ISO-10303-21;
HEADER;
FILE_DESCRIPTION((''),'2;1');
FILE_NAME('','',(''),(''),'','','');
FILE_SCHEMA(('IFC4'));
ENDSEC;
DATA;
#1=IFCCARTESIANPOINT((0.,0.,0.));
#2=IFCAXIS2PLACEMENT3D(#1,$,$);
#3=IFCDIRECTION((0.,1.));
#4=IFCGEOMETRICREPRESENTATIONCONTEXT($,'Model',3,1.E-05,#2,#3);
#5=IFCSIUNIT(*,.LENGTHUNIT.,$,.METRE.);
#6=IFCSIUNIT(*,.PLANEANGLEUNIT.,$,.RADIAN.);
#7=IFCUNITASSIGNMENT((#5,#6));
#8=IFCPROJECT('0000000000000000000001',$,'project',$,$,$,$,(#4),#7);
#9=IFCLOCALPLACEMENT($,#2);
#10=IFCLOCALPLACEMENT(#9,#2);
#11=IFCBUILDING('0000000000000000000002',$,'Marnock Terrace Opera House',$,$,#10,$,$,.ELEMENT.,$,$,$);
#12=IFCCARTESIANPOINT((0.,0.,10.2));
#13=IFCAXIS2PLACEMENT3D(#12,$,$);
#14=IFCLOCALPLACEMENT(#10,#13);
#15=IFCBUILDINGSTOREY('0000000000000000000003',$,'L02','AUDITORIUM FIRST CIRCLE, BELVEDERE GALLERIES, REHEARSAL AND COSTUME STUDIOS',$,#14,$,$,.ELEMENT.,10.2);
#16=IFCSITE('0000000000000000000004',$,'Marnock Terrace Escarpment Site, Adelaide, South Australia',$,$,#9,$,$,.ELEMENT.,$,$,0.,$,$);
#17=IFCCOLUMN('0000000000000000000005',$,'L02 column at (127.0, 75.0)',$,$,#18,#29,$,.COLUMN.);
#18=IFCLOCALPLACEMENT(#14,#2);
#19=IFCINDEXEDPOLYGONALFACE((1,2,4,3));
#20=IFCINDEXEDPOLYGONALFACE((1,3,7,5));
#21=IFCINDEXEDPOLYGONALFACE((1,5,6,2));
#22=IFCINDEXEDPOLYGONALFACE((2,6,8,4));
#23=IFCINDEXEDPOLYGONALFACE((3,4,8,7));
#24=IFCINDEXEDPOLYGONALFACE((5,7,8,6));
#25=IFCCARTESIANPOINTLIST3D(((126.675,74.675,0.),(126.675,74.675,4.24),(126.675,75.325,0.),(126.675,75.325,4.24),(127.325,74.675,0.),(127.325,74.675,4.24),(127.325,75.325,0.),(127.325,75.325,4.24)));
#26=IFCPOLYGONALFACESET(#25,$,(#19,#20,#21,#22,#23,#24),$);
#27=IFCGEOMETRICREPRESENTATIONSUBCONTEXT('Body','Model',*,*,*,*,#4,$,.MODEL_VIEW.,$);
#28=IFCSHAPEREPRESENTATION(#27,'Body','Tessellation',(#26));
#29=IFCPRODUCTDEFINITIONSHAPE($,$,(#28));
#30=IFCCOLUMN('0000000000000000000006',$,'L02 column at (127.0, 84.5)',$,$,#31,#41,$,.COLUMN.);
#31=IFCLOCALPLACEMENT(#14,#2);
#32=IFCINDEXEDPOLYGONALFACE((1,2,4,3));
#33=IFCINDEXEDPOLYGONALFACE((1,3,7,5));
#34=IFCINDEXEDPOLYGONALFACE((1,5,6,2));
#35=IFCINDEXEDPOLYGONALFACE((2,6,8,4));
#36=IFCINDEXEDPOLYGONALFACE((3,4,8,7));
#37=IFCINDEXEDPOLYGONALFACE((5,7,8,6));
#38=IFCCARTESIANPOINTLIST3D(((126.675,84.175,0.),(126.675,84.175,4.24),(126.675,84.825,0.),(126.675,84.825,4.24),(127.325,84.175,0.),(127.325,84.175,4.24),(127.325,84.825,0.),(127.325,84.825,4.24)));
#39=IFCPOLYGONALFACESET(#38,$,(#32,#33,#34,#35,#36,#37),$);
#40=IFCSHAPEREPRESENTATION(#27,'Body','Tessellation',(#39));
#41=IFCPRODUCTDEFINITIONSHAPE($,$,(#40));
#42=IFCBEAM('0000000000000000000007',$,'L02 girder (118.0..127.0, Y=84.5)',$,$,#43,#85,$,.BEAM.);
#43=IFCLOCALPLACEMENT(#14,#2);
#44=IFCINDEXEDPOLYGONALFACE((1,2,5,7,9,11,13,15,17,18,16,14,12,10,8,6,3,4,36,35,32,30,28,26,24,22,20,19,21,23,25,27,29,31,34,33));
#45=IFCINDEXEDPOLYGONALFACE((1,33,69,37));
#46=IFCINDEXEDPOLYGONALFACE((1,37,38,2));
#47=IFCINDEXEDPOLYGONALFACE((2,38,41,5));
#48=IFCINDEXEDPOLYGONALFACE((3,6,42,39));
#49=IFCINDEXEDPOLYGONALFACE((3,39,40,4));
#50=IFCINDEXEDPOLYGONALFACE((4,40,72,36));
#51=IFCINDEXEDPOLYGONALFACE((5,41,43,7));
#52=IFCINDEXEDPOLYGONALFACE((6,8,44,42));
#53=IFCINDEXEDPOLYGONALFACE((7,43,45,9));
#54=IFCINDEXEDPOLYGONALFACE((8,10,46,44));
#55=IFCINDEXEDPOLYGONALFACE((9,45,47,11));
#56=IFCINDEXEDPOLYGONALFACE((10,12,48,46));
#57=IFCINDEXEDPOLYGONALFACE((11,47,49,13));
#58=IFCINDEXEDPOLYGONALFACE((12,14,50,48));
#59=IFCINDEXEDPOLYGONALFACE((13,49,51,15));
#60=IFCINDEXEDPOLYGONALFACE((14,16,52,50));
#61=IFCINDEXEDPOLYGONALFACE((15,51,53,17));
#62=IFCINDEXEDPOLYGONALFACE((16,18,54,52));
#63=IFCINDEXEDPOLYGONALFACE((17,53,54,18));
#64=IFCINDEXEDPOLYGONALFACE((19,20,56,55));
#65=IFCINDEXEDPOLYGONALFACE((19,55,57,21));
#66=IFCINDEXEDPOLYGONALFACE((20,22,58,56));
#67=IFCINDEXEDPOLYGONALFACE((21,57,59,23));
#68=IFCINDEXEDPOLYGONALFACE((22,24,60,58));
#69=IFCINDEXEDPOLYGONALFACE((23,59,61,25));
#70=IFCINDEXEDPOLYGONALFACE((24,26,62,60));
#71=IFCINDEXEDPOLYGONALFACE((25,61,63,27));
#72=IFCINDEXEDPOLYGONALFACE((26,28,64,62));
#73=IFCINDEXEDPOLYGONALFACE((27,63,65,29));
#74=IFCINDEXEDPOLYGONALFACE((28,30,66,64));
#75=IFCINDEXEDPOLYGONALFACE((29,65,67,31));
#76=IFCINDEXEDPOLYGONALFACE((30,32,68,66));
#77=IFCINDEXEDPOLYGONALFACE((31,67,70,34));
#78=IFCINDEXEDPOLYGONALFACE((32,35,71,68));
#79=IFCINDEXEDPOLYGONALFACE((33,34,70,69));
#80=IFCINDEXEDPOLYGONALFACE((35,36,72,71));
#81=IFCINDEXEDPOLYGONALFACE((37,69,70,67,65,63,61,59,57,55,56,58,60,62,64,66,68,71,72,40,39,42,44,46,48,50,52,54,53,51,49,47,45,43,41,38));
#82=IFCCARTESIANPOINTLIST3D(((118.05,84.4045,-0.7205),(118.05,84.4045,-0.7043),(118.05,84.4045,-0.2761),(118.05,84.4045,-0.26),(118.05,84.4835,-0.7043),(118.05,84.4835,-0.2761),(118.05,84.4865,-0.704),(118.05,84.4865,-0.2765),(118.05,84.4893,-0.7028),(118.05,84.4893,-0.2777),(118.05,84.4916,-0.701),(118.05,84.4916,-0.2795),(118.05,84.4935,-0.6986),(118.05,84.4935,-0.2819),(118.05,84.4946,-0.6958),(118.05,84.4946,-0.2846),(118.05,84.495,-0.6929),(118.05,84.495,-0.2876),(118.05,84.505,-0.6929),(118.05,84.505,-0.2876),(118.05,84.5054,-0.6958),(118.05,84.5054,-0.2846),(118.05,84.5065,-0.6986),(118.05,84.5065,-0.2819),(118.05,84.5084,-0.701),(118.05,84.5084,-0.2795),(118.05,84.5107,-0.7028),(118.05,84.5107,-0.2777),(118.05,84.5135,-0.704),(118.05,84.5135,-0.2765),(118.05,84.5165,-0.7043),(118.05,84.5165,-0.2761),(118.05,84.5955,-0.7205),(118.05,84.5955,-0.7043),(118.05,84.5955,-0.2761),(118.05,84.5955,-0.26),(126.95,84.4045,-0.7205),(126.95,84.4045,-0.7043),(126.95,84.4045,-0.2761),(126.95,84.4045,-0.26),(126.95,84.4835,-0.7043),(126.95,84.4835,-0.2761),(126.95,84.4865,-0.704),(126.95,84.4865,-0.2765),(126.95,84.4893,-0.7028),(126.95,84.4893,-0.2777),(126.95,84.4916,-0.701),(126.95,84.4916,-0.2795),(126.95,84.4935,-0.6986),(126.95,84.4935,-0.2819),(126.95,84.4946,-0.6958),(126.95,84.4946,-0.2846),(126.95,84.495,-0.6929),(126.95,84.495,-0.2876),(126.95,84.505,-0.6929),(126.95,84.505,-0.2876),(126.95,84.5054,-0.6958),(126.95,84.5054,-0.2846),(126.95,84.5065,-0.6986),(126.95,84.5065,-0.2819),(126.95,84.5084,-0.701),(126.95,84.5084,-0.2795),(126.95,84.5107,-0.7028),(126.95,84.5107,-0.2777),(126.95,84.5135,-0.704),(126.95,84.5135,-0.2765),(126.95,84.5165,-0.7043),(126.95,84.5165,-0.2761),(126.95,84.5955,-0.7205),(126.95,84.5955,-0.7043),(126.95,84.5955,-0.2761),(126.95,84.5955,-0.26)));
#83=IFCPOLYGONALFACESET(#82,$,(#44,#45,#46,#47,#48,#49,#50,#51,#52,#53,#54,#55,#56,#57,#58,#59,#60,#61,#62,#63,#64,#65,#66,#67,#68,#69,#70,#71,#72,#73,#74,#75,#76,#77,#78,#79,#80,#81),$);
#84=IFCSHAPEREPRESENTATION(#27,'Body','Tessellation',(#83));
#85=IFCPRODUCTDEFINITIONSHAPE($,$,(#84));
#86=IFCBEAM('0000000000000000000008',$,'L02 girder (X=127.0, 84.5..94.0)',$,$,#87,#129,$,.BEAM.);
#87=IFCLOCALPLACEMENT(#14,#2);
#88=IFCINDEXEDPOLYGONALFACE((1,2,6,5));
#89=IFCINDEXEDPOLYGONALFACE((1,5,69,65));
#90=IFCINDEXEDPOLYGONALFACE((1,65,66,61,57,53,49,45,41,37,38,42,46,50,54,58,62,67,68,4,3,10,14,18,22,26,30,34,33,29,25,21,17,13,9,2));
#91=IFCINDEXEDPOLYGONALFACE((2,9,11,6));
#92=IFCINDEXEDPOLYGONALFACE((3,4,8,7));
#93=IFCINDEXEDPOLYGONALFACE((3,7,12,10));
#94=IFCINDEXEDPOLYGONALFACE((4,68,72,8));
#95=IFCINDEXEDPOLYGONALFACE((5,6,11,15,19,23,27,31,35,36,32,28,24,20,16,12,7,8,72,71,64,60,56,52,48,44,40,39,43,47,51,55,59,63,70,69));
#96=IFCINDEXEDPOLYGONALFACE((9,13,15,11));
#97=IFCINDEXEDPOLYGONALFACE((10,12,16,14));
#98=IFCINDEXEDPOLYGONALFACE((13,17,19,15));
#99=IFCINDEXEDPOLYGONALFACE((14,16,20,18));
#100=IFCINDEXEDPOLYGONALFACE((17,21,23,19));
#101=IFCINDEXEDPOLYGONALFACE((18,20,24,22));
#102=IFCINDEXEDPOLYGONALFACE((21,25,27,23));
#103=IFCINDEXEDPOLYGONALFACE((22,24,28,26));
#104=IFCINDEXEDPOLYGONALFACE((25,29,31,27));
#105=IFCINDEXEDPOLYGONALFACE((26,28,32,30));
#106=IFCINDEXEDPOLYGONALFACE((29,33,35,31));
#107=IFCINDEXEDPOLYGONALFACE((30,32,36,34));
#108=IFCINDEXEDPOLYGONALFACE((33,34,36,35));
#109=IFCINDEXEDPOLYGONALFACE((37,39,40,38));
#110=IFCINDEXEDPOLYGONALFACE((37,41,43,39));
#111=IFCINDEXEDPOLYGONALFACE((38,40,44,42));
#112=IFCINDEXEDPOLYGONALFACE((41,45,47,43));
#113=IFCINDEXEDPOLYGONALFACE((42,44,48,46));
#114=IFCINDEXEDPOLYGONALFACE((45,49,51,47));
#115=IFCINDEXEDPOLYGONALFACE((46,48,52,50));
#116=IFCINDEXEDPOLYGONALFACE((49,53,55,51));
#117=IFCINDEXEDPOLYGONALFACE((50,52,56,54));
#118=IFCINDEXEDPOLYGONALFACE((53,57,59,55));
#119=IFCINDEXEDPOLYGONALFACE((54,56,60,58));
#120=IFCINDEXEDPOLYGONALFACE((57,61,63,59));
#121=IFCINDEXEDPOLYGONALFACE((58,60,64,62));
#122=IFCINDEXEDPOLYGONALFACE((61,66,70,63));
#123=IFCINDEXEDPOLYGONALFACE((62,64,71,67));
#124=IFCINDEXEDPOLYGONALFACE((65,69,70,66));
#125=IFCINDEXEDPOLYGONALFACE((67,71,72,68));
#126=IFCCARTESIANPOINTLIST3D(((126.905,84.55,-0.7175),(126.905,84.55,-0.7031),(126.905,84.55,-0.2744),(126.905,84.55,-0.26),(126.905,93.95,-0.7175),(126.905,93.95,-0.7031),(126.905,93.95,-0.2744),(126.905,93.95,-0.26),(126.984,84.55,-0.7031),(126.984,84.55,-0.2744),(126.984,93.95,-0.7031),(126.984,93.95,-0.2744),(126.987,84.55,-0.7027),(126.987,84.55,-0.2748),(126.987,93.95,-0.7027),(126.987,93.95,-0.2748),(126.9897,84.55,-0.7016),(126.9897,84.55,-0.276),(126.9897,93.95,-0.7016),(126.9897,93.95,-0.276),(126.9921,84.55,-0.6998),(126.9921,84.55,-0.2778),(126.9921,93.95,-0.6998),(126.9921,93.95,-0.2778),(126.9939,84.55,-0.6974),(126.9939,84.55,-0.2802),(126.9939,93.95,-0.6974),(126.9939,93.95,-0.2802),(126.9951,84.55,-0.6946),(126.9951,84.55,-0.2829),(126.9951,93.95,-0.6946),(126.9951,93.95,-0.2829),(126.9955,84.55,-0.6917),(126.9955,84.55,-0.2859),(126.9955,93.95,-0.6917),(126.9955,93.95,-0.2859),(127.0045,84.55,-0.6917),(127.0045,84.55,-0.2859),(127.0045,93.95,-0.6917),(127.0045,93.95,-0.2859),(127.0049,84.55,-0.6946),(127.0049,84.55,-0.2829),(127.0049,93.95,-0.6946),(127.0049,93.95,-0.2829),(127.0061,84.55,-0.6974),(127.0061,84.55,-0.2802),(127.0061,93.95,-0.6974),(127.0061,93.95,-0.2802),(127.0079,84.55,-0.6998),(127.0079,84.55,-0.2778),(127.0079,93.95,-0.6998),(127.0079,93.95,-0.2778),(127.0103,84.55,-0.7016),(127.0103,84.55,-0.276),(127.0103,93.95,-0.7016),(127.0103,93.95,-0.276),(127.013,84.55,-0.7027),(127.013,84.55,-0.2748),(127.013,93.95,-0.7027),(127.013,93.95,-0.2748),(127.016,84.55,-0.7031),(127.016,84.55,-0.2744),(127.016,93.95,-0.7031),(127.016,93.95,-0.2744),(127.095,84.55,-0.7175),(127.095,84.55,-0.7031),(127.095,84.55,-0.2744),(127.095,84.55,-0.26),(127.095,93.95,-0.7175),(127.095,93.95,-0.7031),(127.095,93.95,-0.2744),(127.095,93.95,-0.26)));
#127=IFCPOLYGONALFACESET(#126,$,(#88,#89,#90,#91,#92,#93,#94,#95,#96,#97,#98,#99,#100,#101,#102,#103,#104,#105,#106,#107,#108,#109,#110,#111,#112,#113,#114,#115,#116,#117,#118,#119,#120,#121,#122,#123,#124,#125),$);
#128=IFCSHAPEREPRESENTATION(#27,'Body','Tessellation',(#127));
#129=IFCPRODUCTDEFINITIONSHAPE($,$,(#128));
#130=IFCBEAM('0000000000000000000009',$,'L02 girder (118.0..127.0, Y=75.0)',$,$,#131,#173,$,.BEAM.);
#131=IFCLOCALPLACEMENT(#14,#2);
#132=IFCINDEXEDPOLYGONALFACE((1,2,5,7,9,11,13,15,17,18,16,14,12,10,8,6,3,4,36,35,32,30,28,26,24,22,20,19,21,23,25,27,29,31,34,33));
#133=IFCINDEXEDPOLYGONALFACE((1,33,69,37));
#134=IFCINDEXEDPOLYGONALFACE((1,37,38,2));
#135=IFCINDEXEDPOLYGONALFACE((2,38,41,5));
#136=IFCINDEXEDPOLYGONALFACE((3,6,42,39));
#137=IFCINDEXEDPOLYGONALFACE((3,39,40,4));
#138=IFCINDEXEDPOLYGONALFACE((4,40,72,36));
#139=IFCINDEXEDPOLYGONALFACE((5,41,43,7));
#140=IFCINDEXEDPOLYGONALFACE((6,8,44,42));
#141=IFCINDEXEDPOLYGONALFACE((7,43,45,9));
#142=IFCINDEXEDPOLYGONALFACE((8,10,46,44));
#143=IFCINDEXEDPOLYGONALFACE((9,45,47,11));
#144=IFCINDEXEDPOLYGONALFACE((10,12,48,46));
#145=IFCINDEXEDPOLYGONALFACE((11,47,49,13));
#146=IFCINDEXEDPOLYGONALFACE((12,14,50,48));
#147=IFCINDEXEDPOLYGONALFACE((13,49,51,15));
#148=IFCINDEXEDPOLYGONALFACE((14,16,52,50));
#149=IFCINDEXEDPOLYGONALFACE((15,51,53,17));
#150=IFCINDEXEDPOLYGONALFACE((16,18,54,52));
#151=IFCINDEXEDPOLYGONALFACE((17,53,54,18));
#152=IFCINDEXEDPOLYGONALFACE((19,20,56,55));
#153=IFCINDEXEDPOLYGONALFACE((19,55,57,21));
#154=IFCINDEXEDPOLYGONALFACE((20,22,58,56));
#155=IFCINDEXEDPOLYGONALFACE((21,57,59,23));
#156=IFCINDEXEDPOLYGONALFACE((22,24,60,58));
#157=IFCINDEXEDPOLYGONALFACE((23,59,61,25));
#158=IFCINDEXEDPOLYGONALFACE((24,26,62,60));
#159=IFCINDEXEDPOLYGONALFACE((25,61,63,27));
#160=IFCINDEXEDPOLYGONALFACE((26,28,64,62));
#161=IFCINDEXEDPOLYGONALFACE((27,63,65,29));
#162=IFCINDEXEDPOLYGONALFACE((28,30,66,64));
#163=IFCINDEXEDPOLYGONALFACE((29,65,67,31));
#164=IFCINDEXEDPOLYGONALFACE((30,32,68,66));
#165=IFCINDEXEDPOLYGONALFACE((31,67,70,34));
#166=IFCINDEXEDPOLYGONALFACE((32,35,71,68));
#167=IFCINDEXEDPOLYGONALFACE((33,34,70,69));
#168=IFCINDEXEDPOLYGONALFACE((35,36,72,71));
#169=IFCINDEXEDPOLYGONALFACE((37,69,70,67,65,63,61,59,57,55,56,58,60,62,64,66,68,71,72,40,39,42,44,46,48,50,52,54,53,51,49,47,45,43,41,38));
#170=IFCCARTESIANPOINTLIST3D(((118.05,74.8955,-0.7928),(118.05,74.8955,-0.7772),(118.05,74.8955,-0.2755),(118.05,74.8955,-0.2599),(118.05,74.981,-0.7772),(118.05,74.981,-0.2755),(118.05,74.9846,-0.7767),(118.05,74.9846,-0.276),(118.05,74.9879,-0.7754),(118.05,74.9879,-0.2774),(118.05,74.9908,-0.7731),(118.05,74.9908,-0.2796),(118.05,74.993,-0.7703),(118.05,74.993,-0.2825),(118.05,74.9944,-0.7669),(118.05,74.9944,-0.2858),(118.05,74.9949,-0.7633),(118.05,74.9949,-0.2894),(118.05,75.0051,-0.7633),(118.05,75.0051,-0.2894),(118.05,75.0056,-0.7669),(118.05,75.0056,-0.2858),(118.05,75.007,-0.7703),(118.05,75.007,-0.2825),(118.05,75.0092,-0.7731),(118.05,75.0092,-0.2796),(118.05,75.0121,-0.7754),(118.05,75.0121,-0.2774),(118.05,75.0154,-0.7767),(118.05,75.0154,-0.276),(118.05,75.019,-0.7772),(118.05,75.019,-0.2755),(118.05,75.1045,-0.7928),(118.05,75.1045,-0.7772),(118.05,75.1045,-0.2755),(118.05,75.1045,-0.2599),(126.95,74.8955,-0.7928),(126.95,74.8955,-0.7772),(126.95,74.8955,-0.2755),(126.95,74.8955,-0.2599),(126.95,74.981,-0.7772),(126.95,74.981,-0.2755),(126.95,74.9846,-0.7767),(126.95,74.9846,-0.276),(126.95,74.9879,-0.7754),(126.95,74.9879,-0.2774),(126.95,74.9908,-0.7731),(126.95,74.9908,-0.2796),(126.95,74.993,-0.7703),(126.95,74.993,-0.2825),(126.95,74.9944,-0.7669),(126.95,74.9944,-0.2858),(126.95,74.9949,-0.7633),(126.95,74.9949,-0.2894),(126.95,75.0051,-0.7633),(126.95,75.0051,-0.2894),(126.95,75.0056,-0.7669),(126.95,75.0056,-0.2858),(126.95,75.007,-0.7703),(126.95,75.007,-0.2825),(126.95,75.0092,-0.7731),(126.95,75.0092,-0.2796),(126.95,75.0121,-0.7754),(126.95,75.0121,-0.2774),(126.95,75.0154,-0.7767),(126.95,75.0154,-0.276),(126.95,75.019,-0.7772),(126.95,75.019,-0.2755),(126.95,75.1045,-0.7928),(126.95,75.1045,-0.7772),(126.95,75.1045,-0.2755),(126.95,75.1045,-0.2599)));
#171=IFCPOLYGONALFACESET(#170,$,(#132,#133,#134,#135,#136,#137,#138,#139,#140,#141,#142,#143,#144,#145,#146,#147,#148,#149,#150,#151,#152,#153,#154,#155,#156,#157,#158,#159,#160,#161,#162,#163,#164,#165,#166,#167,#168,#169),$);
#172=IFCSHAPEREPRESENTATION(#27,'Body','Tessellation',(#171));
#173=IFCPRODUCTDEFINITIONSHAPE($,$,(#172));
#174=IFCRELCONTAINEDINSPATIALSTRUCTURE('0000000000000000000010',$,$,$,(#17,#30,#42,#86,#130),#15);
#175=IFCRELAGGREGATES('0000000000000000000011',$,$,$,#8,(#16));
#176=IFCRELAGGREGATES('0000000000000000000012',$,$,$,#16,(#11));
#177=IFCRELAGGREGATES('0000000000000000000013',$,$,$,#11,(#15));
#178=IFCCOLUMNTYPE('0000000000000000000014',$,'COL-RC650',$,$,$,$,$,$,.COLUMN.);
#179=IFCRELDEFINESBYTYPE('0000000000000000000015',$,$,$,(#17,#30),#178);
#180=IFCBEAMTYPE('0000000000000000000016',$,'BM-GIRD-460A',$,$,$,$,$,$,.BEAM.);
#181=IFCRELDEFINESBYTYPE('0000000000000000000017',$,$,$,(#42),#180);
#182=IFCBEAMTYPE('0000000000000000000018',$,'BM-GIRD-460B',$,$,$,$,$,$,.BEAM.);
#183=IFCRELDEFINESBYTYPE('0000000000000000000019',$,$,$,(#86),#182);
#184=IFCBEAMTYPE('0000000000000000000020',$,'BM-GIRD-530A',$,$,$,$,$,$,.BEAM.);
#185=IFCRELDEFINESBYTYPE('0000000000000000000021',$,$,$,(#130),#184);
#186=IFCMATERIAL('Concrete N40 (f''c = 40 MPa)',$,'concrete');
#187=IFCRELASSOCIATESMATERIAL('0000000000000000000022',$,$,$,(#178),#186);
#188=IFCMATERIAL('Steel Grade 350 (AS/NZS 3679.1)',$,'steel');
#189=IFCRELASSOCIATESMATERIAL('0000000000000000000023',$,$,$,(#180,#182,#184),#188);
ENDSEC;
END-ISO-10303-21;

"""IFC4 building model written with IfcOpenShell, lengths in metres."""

from ifc_helpers import new_model, si_unit, direction, frame, origin, origin_2d, place, context, subcontext, project, spatial, rectangle, i_section, extrude, material, material_profile, profile_set, type_object, element, save


model = new_model("IFC4")

# Units and contexts
model_context = context("Model", 3, precision=1e-05, world=origin(), true_north=direction((0.0, 1.0)))
body_context = subcontext(model_context, "Body", "Model", "MODEL_VIEW")
ifc_project = project(units=[si_unit("LENGTHUNIT", "METRE"), si_unit("PLANEANGLEUNIT", "RADIAN")], contexts=[model_context])

# Site, building, storey
site_placement = place(None, origin())
site = spatial("IfcSite", under=ifc_project, at=site_placement, Name="Marnock Terrace Escarpment Site, Adelaide, South Australia", CompositionType="ELEMENT", RefElevation=0.0)
building_placement = place(site_placement, origin())
building = spatial("IfcBuilding", under=site, at=building_placement, Name="Marnock Terrace Opera House", CompositionType="ELEMENT")
storey_placement = place(building_placement, frame((0.0, 0.0, 10.2)))
storey = spatial("IfcBuildingStorey", under=building, at=storey_placement, Name="L02", Description="AUDITORIUM FIRST CIRCLE, BELVEDERE GALLERIES, REHEARSAL AND COSTUME STUDIOS", CompositionType="ELEMENT", Elevation=10.2)

# Columns
ifc_material_1 = material(Name="Concrete N40 (f'c = 40 MPa)", Category="concrete")
ifc_material_profile_1 = material_profile(ifc_material_1, rectangle(XDim=0.6499, YDim=0.6499, at=origin_2d()))
ifc_profile_set_1 = profile_set([ifc_material_profile_1], Name="Concrete N40 (f'c = 40 MPa)")
column_type = type_object("IfcColumnType", Name="COL-RC650", PredefinedType="COLUMN", material=ifc_profile_set_1)
for number, where, z_axis, x_axis, name in (
    (1, (127.0, 75.0, 0.0), (0.0, 0.0, 1.0), (1.0, 0.0, 0.0), "L02 column at (127.0, 75.0)"),
    (2, (127.0, 84.5, 0.0), (0.0, 0.0, 1.0), (1.0, 0.0, 0.0), "L02 column at (127.0, 84.5)"),
):
    element("IfcColumn", number, at=place(storey_placement, frame(where, z_axis=z_axis, x_axis=x_axis)), inside=storey, type_object=column_type, Name=name, PredefinedType="COLUMN", context=body_context, shape_type="SweptSolid", body=[
        extrude(rectangle(XDim=0.6499, YDim=0.6499, at=origin_2d()), origin(), (0.0, 0.0, 1.0), 4.24),
    ])

# Beams
ifc_material_2 = material(Name="Steel Grade 350 (AS/NZS 3679.1)", Category="steel")
ifc_material_profile_2 = material_profile(ifc_material_2, i_section(OverallWidth=0.1909, OverallDepth=0.4604, WebThickness=0.01, FlangeThickness=0.0161, FilletRadius=0.0115, at=origin_2d()))
ifc_profile_set_2 = profile_set([ifc_material_profile_2], Name="Steel Grade 350 (AS/NZS 3679.1)")
beam_type_1 = type_object("IfcBeamType", Name="BM-GIRD-460A", PredefinedType="BEAM", material=ifc_profile_set_2)
beam_1_placement = place(storey_placement, frame((118.05, 84.5, -0.4902), z_axis=(1.0, 0.0, 0.0), x_axis=(0.0, 1.0, 0.0)))
element("IfcBeam", 3, at=beam_1_placement, inside=storey, type_object=beam_type_1, Name="L02 girder (118.0..127.0, Y=84.5)", PredefinedType="BEAM", context=body_context, shape_type="SweptSolid", body=[
    extrude(i_section(OverallWidth=0.1909, OverallDepth=0.4604, WebThickness=0.01, FlangeThickness=0.0161, FilletRadius=0.0115, at=origin_2d()), origin(), (0.0, 0.0, 1.0), 8.8999),
])
ifc_material_profile_3 = material_profile(ifc_material_2, i_section(OverallWidth=0.1899, OverallDepth=0.4575, WebThickness=0.009, FlangeThickness=0.0144, FilletRadius=0.0115, at=origin_2d()))
ifc_profile_set_3 = profile_set([ifc_material_profile_3], Name="Steel Grade 350 (AS/NZS 3679.1)")
beam_type_2 = type_object("IfcBeamType", Name="BM-GIRD-460B", PredefinedType="BEAM", material=ifc_profile_set_3)
beam_2_placement = place(storey_placement, frame((127.0, 84.55, -0.4888), z_axis=(0.0, 1.0, 0.0), x_axis=(-1.0, 0.0, 0.0)))
element("IfcBeam", 4, at=beam_2_placement, inside=storey, type_object=beam_type_2, Name="L02 girder (X=127.0, 84.5..94.0)", PredefinedType="BEAM", context=body_context, shape_type="SweptSolid", body=[
    extrude(i_section(OverallWidth=0.1899, OverallDepth=0.4575, WebThickness=0.009, FlangeThickness=0.0144, FilletRadius=0.0115, at=origin_2d()), origin(), (0.0, 0.0, 1.0), 9.3999),
])
ifc_material_profile_4 = material_profile(ifc_material_2, i_section(OverallWidth=0.209, OverallDepth=0.533, WebThickness=0.0103, FlangeThickness=0.0156, FilletRadius=0.0139, at=origin_2d()))
ifc_profile_set_4 = profile_set([ifc_material_profile_4], Name="Steel Grade 350 (AS/NZS 3679.1)")
beam_type_3 = type_object("IfcBeamType", Name="BM-GIRD-530A", PredefinedType="BEAM", material=ifc_profile_set_4)
for number, where, z_axis, x_axis, name in (
    (5, (118.05, 75.0, -0.5264), (1.0, 0.0, 0.0), (0.0, 1.0, 0.0), "L02 girder (118.0..127.0, Y=75.0)"),
):
    element("IfcBeam", number, at=place(storey_placement, frame(where, z_axis=z_axis, x_axis=x_axis)), inside=storey, type_object=beam_type_3, Name=name, PredefinedType="BEAM", context=body_context, shape_type="SweptSolid", body=[
        extrude(i_section(OverallWidth=0.209, OverallDepth=0.533, WebThickness=0.0103, FlangeThickness=0.0156, FilletRadius=0.0139, at=origin_2d()), origin(), (0.0, 0.0, 1.0), 8.8999),
    ])

save(model, "model.ifc")
